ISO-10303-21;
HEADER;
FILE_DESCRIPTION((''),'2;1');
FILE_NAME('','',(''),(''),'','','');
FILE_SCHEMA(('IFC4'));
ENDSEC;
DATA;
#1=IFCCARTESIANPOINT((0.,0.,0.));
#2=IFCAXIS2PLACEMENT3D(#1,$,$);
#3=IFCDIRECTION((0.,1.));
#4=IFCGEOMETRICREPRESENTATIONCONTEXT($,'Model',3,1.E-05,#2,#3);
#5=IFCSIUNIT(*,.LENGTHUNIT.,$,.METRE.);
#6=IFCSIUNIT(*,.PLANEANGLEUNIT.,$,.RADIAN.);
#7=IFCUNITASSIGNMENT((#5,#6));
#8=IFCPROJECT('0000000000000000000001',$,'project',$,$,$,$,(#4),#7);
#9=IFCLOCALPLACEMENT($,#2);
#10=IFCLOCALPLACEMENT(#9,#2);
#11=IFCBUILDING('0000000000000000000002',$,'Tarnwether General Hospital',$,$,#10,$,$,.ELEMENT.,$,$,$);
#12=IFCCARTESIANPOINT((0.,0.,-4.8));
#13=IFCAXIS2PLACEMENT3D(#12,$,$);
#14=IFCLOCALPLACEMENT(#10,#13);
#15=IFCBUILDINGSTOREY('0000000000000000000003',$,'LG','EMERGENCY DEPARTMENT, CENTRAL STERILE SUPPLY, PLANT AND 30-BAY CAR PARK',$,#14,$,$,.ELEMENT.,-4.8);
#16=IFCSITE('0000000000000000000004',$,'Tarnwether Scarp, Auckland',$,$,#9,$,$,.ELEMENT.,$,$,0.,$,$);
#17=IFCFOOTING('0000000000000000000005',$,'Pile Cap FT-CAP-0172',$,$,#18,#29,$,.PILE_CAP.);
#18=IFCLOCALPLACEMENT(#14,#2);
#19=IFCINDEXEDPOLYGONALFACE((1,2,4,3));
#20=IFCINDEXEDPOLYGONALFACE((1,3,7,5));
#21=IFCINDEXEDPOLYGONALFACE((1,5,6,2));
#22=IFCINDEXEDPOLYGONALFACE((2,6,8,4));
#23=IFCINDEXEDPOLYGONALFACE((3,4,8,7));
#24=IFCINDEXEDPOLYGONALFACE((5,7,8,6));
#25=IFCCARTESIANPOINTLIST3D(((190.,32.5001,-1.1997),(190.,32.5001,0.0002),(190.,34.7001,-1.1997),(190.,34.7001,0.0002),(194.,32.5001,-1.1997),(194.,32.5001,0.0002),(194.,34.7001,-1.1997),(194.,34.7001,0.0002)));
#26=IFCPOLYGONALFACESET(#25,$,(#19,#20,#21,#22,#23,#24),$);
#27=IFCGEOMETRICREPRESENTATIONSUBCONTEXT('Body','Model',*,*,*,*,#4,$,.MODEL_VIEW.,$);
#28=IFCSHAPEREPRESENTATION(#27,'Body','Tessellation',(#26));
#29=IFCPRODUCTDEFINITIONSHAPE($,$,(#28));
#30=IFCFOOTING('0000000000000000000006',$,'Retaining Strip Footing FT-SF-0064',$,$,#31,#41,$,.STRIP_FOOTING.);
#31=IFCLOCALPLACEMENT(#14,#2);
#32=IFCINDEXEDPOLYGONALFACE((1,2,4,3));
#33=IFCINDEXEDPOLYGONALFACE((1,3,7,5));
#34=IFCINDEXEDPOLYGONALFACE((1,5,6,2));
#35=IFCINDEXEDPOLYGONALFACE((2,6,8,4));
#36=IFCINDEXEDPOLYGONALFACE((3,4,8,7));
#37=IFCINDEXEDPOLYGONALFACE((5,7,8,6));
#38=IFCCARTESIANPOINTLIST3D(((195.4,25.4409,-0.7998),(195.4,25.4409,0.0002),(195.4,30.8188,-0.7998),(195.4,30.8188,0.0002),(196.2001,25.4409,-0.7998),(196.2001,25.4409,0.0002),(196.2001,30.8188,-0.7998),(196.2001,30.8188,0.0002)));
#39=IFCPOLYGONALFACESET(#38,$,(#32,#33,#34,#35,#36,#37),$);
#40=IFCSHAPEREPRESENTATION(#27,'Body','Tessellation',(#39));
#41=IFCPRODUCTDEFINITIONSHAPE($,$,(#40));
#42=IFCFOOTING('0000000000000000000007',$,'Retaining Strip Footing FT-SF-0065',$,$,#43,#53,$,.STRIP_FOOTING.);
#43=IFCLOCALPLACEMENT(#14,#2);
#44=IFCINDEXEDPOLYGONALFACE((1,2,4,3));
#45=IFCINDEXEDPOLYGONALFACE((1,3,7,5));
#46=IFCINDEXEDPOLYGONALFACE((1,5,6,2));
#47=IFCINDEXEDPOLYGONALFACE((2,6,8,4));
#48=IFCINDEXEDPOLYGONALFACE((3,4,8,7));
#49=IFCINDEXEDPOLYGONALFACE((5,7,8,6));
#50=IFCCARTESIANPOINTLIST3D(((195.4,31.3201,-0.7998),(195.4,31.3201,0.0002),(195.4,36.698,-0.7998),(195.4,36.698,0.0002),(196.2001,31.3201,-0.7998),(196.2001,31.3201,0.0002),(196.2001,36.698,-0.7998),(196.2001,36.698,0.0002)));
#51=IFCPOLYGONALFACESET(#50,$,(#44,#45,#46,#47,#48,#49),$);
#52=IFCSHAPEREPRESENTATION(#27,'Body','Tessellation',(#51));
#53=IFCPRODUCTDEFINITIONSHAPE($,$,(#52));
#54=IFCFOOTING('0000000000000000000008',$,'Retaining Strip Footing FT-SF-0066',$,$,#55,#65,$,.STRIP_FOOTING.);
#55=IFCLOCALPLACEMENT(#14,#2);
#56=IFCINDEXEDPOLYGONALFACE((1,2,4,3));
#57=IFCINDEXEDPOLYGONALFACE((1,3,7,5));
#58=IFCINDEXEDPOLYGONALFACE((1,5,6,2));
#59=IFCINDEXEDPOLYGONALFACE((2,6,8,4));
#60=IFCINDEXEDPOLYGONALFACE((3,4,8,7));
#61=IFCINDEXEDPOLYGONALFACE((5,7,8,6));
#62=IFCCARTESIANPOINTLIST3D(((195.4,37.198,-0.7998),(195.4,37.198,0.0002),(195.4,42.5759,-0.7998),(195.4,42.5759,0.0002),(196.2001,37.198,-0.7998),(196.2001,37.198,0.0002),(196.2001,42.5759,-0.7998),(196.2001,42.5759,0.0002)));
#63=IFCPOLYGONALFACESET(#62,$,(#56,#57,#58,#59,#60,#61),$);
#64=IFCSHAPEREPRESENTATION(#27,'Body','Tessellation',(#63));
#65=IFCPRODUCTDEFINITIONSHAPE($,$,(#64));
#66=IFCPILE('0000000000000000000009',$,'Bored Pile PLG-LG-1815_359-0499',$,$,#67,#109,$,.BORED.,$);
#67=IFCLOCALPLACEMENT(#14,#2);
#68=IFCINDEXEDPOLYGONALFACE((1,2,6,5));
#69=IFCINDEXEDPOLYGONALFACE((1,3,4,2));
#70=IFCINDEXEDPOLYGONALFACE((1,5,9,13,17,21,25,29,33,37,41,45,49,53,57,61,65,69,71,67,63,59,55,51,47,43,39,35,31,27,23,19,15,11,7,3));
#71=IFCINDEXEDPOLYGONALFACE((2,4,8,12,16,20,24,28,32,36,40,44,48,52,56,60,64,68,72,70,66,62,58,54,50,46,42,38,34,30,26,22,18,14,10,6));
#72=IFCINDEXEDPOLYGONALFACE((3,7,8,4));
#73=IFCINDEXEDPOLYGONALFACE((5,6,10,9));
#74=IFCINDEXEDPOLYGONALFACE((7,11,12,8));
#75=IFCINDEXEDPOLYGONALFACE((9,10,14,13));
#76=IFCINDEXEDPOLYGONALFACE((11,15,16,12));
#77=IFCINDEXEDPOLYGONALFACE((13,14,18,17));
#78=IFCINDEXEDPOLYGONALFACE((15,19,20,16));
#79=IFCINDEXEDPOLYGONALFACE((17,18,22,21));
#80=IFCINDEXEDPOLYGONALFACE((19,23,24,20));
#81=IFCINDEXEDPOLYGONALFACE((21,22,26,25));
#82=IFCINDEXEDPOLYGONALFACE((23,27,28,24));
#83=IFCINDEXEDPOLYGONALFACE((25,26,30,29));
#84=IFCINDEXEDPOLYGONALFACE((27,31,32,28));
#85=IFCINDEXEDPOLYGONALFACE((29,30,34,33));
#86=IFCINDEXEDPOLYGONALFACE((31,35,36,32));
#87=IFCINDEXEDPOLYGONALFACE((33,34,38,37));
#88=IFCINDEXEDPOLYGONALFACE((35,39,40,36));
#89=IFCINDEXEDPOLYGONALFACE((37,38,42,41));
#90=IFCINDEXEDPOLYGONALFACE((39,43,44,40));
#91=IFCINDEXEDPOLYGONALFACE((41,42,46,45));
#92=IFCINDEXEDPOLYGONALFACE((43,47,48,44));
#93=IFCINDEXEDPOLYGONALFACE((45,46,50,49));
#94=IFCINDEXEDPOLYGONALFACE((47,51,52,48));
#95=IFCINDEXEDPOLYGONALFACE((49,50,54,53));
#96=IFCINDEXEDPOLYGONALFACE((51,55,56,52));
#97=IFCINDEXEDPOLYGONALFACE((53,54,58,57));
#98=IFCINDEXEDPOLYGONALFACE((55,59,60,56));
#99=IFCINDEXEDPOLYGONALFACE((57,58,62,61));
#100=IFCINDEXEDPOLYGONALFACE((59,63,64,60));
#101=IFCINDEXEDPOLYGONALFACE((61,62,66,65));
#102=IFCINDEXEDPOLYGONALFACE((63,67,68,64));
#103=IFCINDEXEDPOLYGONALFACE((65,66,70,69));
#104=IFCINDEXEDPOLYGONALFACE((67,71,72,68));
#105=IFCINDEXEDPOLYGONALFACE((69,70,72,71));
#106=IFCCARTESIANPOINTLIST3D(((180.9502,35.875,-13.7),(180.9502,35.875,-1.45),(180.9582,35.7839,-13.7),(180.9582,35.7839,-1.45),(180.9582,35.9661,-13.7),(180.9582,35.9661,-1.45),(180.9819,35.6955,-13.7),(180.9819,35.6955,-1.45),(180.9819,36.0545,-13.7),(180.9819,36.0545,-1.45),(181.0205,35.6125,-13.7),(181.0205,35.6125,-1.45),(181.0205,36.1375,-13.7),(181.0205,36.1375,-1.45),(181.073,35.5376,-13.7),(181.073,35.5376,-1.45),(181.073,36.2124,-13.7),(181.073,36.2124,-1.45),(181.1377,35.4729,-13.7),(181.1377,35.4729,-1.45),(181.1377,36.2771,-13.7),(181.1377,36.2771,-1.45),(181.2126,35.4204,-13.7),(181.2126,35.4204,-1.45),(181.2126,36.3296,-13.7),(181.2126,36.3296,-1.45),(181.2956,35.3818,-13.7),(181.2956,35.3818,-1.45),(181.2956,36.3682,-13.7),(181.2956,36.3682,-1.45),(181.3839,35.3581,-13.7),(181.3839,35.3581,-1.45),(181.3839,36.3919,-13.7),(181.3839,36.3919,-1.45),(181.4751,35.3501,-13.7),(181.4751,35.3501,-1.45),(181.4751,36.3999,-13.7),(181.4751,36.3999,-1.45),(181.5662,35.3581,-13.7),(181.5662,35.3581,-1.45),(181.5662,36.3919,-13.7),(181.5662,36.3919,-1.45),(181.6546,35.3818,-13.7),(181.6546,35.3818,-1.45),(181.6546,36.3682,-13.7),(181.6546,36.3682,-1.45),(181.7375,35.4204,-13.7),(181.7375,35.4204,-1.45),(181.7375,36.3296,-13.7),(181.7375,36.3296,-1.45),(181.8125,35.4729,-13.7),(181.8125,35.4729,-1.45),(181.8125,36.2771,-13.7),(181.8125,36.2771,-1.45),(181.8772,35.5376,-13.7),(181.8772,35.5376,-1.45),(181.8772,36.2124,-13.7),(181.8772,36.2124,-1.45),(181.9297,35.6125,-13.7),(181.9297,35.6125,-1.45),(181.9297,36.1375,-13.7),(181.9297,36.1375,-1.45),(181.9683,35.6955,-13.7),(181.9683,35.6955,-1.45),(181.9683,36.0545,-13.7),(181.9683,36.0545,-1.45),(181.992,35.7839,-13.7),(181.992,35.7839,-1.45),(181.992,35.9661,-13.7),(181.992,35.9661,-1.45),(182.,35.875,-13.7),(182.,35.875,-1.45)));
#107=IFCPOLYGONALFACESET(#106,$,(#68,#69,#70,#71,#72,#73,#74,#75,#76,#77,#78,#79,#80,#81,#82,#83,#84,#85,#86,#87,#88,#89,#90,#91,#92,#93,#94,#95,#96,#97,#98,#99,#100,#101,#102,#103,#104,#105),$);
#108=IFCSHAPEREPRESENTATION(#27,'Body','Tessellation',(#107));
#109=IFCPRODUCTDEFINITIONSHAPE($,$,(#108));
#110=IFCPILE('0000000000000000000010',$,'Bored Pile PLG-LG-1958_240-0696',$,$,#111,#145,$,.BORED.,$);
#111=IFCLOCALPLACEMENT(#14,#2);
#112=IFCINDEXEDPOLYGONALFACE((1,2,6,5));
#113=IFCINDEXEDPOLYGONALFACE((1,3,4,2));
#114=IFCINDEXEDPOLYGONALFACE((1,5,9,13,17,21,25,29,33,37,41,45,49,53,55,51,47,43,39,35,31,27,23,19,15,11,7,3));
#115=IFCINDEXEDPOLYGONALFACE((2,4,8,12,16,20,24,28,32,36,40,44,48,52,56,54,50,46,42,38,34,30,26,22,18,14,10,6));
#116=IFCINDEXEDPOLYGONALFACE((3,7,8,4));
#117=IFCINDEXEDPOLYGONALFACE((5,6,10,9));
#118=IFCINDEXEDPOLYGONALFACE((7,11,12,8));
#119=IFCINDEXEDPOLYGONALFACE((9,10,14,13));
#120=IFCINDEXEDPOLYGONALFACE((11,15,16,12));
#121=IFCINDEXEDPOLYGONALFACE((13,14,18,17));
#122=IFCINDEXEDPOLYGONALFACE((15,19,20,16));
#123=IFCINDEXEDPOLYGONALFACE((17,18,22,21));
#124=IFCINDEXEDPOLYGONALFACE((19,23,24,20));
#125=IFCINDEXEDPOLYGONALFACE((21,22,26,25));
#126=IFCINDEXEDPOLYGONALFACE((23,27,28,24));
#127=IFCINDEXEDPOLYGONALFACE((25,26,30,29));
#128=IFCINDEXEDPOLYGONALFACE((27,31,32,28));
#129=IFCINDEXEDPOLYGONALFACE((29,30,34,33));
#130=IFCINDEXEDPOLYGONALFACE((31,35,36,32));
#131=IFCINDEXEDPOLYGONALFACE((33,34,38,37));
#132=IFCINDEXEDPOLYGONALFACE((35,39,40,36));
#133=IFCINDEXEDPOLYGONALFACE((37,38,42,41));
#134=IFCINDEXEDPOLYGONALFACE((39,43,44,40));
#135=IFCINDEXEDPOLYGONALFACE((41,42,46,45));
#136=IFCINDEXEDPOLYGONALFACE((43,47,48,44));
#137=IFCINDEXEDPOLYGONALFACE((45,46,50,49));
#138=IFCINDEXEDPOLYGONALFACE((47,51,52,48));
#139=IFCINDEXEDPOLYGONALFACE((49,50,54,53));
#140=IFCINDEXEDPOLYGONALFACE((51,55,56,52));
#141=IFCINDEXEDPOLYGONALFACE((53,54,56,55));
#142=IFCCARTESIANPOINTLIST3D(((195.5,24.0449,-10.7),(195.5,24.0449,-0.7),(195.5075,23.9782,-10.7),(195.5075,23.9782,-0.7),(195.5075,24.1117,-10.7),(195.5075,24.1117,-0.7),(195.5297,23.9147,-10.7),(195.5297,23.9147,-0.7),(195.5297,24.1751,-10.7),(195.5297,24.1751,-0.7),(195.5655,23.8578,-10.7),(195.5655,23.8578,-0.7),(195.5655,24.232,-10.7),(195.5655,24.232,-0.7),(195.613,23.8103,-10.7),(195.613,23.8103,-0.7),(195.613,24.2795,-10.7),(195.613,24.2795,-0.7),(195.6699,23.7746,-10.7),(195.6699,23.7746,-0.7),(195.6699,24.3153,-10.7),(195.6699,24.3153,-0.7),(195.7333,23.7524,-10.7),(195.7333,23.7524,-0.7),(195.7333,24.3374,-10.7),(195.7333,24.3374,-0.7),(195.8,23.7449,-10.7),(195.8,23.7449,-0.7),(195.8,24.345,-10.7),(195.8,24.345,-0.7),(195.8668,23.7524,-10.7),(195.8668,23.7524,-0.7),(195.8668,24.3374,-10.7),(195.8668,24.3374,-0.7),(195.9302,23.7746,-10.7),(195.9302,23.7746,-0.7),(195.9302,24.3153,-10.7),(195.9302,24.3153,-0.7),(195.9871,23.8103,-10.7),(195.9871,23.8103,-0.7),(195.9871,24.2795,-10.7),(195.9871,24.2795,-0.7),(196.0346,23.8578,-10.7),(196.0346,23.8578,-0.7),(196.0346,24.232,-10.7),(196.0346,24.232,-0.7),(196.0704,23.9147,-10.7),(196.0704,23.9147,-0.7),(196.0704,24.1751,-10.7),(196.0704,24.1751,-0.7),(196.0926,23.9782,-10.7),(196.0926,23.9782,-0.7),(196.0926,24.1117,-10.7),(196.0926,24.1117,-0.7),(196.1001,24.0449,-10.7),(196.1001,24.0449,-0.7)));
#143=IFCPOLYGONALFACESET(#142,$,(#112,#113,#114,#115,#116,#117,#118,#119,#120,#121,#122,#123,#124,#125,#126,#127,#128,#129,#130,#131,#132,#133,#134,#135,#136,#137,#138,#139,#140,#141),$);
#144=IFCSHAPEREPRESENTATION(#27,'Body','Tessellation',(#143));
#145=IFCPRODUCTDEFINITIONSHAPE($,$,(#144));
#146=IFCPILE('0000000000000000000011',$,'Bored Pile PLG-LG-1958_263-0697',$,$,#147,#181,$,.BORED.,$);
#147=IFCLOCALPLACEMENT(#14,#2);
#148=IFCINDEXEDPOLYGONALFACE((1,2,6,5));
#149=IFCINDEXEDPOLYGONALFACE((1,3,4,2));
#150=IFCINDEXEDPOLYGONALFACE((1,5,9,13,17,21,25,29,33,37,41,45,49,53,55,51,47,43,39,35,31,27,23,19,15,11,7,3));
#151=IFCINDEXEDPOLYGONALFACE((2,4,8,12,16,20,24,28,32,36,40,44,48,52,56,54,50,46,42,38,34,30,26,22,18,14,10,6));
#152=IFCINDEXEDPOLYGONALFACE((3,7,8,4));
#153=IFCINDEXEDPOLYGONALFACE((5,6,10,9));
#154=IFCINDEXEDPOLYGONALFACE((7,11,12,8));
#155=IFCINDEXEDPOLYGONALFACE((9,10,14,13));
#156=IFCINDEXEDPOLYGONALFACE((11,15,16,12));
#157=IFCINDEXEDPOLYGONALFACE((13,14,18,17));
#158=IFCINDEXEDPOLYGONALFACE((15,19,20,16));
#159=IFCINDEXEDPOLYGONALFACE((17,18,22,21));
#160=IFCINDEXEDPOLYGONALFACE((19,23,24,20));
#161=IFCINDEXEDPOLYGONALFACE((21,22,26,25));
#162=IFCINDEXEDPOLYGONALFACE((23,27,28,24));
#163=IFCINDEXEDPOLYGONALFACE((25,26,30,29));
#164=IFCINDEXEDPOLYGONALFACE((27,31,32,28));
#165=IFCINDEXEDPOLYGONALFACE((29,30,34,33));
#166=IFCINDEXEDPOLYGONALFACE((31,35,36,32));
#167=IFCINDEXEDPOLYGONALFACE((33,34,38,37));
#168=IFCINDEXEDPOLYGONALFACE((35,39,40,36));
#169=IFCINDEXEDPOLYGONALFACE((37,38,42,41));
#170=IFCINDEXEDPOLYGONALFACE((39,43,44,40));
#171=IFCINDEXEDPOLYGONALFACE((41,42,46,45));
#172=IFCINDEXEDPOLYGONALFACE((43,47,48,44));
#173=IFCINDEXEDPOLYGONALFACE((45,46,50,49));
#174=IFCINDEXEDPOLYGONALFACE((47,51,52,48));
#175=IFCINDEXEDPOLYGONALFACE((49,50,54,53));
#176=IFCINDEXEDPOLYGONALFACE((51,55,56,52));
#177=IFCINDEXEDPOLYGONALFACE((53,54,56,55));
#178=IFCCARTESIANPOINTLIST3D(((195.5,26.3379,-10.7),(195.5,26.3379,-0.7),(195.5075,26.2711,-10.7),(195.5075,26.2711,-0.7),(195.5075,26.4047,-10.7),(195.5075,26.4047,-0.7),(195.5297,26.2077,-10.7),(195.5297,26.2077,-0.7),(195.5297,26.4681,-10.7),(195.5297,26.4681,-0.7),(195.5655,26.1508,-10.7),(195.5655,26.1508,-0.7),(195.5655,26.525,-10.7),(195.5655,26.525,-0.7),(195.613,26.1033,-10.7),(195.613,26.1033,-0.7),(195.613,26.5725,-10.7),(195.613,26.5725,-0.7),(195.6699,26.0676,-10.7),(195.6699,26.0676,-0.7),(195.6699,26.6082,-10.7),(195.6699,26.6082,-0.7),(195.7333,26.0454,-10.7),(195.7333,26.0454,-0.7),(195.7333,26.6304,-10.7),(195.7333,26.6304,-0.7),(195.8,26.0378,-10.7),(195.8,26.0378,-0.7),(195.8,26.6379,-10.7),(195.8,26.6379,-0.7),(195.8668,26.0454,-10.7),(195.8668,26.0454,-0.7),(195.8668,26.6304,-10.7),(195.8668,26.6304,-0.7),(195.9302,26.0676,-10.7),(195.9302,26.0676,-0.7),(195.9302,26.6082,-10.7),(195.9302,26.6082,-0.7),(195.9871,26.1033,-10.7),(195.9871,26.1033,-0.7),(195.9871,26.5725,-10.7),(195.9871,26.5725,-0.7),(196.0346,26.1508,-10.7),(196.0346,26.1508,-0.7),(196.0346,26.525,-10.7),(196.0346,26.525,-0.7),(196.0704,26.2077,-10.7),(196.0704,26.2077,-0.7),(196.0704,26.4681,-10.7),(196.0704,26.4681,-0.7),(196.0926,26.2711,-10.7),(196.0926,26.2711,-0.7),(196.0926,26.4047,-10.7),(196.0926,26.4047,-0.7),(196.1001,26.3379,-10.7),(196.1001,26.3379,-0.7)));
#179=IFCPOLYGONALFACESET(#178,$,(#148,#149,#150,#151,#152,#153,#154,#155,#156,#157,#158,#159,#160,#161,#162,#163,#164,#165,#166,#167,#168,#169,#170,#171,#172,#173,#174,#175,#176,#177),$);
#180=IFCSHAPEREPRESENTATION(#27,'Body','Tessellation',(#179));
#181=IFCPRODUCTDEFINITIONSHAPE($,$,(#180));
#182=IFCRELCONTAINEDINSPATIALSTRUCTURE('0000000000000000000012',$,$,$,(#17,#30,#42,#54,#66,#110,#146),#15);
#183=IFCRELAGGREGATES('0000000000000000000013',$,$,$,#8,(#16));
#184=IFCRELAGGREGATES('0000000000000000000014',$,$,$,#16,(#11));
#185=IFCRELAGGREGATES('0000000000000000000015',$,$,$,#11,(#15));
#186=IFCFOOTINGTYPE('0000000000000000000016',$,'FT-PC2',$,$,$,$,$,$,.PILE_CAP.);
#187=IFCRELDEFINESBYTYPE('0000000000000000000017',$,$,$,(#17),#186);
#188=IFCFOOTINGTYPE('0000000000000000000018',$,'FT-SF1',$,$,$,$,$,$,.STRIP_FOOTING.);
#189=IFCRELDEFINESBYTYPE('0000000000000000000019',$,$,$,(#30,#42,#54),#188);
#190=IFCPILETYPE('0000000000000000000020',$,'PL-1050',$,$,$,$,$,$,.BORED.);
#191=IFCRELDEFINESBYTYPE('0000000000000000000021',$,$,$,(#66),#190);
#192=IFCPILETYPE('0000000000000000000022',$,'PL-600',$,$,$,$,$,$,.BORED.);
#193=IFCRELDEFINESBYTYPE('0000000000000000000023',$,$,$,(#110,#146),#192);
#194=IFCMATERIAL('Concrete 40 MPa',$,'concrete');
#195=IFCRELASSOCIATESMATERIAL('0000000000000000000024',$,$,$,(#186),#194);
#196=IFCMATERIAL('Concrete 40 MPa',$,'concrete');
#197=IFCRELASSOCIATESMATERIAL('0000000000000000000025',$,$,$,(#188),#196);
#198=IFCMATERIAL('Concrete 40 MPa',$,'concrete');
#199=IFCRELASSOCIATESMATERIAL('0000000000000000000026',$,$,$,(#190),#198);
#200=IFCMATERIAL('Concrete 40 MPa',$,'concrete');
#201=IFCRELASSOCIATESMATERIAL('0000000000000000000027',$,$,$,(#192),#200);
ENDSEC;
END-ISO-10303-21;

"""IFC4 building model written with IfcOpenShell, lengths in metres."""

from ifc_helpers import new_model, si_unit, direction, frame, origin, origin_2d, place, context, subcontext, project, spatial, rectangle, circle, extrude, material, material_profile, profile_set, type_object, element, save


model = new_model("IFC4")

# Units and contexts
model_context = context("Model", 3, precision=1e-05, world=origin(), true_north=direction((0.0, 1.0)))
body_context = subcontext(model_context, "Body", "Model", "MODEL_VIEW")
ifc_project = project(units=[si_unit("LENGTHUNIT", "METRE"), si_unit("PLANEANGLEUNIT", "RADIAN")], contexts=[model_context])

# Site, building, storey
site_placement = place(None, origin())
site = spatial("IfcSite", under=ifc_project, at=site_placement, Name="Tarnwether Scarp, Auckland", CompositionType="ELEMENT", RefElevation=0.0)
building_placement = place(site_placement, origin())
building = spatial("IfcBuilding", under=site, at=building_placement, Name="Tarnwether General Hospital", CompositionType="ELEMENT")
storey_placement = place(building_placement, frame((0.0, 0.0, -4.8)))
storey = spatial("IfcBuildingStorey", under=building, at=storey_placement, Name="LG", Description="EMERGENCY DEPARTMENT, CENTRAL STERILE SUPPLY, PLANT AND 30-BAY CAR PARK", CompositionType="ELEMENT", Elevation=-4.8)

# Footings
ifc_material_1 = material(Name="Concrete 40 MPa", Category="concrete")
footing_type_1 = type_object("IfcFootingType", Name="FT-PC2", PredefinedType="PILE_CAP", material=ifc_material_1)
footing_placement = place(storey_placement, frame((192.0, 33.6001, -1.1997), z_axis=(0.0, 0.0, 1.0), x_axis=(1.0, 0.0, 0.0)))
element("IfcFooting", 1, at=footing_placement, inside=storey, type_object=footing_type_1, Name="Pile Cap FT-CAP-0172", PredefinedType="PILE_CAP", context=body_context, shape_type="SweptSolid", body=[
    extrude(rectangle(XDim=4.0, YDim=2.2, at=origin_2d()), origin(), (0.0, 0.0, 1.0), 1.2),
])
ifc_material_2 = material(Name="Concrete 40 MPa", Category="concrete")
footing_type_2 = type_object("IfcFootingType", Name="FT-SF1", PredefinedType="STRIP_FOOTING", material=ifc_material_2)
for number, where, z_axis, x_axis, name in (
    (2, (195.8, 28.1299, -0.7998), (0.0, 0.0, 1.0), (0.0, 1.0, 0.0), "Retaining Strip Footing FT-SF-0064"),
    (3, (195.8, 34.009, -0.7998), (0.0, 0.0, 1.0), (0.0, 1.0, 0.0), "Retaining Strip Footing FT-SF-0065"),
    (4, (195.8, 39.887, -0.7998), (0.0, 0.0, 1.0), (0.0, 1.0, 0.0), "Retaining Strip Footing FT-SF-0066"),
):
    element("IfcFooting", number, at=place(storey_placement, frame(where, z_axis=z_axis, x_axis=x_axis)), inside=storey, type_object=footing_type_2, Name=name, PredefinedType="STRIP_FOOTING", context=body_context, shape_type="SweptSolid", body=[
        extrude(rectangle(XDim=5.3779, YDim=0.8, at=origin_2d()), origin(), (0.0, 0.0, 1.0), 0.8),
    ])

# Piles
ifc_material_3 = material(Name="Concrete 40 MPa", Category="concrete")
ifc_material_profile_1 = material_profile(ifc_material_3, circle(Radius=0.5249, at=origin_2d()), Name="PILE-D1050")
ifc_profile_set_1 = profile_set([ifc_material_profile_1], Name="Concrete 40 MPa")
pile_type_1 = type_object("IfcPileType", Name="PL-1050", PredefinedType="BORED", material=ifc_profile_set_1)
pile_placement = place(storey_placement, frame((181.4751, 35.875, -1.45), z_axis=(0.0, 0.0, -1.0), x_axis=(1.0, 0.0, 0.0)))
element("IfcPile", 5, at=pile_placement, inside=storey, type_object=pile_type_1, Name="Bored Pile PLG-LG-1815_359-0499", PredefinedType="BORED", context=body_context, shape_type="SweptSolid", body=[
    extrude(circle(Radius=0.5249, at=origin_2d()), origin(), (0.0, 0.0, 1.0), 12.25),
])
ifc_material_4 = material(Name="Concrete 40 MPa", Category="concrete")
ifc_material_profile_2 = material_profile(ifc_material_4, circle(Radius=0.3, at=origin_2d()), Name="PILE-D600")
ifc_profile_set_2 = profile_set([ifc_material_profile_2], Name="Concrete 40 MPa")
pile_type_2 = type_object("IfcPileType", Name="PL-600", PredefinedType="BORED", material=ifc_profile_set_2)
for number, where, z_axis, x_axis, name in (
    (6, (195.8, 24.0449, -0.7), (0.0, 0.0, -1.0), (1.0, 0.0, 0.0), "Bored Pile PLG-LG-1958_240-0696"),
    (7, (195.8, 26.3379, -0.7), (0.0, 0.0, -1.0), (1.0, 0.0, 0.0), "Bored Pile PLG-LG-1958_263-0697"),
):
    element("IfcPile", number, at=place(storey_placement, frame(where, z_axis=z_axis, x_axis=x_axis)), inside=storey, type_object=pile_type_2, Name=name, PredefinedType="BORED", context=body_context, shape_type="SweptSolid", body=[
        extrude(circle(Radius=0.3, at=origin_2d()), origin(), (0.0, 0.0, 1.0), 10.0),
    ])

save(model, "model.ifc")
